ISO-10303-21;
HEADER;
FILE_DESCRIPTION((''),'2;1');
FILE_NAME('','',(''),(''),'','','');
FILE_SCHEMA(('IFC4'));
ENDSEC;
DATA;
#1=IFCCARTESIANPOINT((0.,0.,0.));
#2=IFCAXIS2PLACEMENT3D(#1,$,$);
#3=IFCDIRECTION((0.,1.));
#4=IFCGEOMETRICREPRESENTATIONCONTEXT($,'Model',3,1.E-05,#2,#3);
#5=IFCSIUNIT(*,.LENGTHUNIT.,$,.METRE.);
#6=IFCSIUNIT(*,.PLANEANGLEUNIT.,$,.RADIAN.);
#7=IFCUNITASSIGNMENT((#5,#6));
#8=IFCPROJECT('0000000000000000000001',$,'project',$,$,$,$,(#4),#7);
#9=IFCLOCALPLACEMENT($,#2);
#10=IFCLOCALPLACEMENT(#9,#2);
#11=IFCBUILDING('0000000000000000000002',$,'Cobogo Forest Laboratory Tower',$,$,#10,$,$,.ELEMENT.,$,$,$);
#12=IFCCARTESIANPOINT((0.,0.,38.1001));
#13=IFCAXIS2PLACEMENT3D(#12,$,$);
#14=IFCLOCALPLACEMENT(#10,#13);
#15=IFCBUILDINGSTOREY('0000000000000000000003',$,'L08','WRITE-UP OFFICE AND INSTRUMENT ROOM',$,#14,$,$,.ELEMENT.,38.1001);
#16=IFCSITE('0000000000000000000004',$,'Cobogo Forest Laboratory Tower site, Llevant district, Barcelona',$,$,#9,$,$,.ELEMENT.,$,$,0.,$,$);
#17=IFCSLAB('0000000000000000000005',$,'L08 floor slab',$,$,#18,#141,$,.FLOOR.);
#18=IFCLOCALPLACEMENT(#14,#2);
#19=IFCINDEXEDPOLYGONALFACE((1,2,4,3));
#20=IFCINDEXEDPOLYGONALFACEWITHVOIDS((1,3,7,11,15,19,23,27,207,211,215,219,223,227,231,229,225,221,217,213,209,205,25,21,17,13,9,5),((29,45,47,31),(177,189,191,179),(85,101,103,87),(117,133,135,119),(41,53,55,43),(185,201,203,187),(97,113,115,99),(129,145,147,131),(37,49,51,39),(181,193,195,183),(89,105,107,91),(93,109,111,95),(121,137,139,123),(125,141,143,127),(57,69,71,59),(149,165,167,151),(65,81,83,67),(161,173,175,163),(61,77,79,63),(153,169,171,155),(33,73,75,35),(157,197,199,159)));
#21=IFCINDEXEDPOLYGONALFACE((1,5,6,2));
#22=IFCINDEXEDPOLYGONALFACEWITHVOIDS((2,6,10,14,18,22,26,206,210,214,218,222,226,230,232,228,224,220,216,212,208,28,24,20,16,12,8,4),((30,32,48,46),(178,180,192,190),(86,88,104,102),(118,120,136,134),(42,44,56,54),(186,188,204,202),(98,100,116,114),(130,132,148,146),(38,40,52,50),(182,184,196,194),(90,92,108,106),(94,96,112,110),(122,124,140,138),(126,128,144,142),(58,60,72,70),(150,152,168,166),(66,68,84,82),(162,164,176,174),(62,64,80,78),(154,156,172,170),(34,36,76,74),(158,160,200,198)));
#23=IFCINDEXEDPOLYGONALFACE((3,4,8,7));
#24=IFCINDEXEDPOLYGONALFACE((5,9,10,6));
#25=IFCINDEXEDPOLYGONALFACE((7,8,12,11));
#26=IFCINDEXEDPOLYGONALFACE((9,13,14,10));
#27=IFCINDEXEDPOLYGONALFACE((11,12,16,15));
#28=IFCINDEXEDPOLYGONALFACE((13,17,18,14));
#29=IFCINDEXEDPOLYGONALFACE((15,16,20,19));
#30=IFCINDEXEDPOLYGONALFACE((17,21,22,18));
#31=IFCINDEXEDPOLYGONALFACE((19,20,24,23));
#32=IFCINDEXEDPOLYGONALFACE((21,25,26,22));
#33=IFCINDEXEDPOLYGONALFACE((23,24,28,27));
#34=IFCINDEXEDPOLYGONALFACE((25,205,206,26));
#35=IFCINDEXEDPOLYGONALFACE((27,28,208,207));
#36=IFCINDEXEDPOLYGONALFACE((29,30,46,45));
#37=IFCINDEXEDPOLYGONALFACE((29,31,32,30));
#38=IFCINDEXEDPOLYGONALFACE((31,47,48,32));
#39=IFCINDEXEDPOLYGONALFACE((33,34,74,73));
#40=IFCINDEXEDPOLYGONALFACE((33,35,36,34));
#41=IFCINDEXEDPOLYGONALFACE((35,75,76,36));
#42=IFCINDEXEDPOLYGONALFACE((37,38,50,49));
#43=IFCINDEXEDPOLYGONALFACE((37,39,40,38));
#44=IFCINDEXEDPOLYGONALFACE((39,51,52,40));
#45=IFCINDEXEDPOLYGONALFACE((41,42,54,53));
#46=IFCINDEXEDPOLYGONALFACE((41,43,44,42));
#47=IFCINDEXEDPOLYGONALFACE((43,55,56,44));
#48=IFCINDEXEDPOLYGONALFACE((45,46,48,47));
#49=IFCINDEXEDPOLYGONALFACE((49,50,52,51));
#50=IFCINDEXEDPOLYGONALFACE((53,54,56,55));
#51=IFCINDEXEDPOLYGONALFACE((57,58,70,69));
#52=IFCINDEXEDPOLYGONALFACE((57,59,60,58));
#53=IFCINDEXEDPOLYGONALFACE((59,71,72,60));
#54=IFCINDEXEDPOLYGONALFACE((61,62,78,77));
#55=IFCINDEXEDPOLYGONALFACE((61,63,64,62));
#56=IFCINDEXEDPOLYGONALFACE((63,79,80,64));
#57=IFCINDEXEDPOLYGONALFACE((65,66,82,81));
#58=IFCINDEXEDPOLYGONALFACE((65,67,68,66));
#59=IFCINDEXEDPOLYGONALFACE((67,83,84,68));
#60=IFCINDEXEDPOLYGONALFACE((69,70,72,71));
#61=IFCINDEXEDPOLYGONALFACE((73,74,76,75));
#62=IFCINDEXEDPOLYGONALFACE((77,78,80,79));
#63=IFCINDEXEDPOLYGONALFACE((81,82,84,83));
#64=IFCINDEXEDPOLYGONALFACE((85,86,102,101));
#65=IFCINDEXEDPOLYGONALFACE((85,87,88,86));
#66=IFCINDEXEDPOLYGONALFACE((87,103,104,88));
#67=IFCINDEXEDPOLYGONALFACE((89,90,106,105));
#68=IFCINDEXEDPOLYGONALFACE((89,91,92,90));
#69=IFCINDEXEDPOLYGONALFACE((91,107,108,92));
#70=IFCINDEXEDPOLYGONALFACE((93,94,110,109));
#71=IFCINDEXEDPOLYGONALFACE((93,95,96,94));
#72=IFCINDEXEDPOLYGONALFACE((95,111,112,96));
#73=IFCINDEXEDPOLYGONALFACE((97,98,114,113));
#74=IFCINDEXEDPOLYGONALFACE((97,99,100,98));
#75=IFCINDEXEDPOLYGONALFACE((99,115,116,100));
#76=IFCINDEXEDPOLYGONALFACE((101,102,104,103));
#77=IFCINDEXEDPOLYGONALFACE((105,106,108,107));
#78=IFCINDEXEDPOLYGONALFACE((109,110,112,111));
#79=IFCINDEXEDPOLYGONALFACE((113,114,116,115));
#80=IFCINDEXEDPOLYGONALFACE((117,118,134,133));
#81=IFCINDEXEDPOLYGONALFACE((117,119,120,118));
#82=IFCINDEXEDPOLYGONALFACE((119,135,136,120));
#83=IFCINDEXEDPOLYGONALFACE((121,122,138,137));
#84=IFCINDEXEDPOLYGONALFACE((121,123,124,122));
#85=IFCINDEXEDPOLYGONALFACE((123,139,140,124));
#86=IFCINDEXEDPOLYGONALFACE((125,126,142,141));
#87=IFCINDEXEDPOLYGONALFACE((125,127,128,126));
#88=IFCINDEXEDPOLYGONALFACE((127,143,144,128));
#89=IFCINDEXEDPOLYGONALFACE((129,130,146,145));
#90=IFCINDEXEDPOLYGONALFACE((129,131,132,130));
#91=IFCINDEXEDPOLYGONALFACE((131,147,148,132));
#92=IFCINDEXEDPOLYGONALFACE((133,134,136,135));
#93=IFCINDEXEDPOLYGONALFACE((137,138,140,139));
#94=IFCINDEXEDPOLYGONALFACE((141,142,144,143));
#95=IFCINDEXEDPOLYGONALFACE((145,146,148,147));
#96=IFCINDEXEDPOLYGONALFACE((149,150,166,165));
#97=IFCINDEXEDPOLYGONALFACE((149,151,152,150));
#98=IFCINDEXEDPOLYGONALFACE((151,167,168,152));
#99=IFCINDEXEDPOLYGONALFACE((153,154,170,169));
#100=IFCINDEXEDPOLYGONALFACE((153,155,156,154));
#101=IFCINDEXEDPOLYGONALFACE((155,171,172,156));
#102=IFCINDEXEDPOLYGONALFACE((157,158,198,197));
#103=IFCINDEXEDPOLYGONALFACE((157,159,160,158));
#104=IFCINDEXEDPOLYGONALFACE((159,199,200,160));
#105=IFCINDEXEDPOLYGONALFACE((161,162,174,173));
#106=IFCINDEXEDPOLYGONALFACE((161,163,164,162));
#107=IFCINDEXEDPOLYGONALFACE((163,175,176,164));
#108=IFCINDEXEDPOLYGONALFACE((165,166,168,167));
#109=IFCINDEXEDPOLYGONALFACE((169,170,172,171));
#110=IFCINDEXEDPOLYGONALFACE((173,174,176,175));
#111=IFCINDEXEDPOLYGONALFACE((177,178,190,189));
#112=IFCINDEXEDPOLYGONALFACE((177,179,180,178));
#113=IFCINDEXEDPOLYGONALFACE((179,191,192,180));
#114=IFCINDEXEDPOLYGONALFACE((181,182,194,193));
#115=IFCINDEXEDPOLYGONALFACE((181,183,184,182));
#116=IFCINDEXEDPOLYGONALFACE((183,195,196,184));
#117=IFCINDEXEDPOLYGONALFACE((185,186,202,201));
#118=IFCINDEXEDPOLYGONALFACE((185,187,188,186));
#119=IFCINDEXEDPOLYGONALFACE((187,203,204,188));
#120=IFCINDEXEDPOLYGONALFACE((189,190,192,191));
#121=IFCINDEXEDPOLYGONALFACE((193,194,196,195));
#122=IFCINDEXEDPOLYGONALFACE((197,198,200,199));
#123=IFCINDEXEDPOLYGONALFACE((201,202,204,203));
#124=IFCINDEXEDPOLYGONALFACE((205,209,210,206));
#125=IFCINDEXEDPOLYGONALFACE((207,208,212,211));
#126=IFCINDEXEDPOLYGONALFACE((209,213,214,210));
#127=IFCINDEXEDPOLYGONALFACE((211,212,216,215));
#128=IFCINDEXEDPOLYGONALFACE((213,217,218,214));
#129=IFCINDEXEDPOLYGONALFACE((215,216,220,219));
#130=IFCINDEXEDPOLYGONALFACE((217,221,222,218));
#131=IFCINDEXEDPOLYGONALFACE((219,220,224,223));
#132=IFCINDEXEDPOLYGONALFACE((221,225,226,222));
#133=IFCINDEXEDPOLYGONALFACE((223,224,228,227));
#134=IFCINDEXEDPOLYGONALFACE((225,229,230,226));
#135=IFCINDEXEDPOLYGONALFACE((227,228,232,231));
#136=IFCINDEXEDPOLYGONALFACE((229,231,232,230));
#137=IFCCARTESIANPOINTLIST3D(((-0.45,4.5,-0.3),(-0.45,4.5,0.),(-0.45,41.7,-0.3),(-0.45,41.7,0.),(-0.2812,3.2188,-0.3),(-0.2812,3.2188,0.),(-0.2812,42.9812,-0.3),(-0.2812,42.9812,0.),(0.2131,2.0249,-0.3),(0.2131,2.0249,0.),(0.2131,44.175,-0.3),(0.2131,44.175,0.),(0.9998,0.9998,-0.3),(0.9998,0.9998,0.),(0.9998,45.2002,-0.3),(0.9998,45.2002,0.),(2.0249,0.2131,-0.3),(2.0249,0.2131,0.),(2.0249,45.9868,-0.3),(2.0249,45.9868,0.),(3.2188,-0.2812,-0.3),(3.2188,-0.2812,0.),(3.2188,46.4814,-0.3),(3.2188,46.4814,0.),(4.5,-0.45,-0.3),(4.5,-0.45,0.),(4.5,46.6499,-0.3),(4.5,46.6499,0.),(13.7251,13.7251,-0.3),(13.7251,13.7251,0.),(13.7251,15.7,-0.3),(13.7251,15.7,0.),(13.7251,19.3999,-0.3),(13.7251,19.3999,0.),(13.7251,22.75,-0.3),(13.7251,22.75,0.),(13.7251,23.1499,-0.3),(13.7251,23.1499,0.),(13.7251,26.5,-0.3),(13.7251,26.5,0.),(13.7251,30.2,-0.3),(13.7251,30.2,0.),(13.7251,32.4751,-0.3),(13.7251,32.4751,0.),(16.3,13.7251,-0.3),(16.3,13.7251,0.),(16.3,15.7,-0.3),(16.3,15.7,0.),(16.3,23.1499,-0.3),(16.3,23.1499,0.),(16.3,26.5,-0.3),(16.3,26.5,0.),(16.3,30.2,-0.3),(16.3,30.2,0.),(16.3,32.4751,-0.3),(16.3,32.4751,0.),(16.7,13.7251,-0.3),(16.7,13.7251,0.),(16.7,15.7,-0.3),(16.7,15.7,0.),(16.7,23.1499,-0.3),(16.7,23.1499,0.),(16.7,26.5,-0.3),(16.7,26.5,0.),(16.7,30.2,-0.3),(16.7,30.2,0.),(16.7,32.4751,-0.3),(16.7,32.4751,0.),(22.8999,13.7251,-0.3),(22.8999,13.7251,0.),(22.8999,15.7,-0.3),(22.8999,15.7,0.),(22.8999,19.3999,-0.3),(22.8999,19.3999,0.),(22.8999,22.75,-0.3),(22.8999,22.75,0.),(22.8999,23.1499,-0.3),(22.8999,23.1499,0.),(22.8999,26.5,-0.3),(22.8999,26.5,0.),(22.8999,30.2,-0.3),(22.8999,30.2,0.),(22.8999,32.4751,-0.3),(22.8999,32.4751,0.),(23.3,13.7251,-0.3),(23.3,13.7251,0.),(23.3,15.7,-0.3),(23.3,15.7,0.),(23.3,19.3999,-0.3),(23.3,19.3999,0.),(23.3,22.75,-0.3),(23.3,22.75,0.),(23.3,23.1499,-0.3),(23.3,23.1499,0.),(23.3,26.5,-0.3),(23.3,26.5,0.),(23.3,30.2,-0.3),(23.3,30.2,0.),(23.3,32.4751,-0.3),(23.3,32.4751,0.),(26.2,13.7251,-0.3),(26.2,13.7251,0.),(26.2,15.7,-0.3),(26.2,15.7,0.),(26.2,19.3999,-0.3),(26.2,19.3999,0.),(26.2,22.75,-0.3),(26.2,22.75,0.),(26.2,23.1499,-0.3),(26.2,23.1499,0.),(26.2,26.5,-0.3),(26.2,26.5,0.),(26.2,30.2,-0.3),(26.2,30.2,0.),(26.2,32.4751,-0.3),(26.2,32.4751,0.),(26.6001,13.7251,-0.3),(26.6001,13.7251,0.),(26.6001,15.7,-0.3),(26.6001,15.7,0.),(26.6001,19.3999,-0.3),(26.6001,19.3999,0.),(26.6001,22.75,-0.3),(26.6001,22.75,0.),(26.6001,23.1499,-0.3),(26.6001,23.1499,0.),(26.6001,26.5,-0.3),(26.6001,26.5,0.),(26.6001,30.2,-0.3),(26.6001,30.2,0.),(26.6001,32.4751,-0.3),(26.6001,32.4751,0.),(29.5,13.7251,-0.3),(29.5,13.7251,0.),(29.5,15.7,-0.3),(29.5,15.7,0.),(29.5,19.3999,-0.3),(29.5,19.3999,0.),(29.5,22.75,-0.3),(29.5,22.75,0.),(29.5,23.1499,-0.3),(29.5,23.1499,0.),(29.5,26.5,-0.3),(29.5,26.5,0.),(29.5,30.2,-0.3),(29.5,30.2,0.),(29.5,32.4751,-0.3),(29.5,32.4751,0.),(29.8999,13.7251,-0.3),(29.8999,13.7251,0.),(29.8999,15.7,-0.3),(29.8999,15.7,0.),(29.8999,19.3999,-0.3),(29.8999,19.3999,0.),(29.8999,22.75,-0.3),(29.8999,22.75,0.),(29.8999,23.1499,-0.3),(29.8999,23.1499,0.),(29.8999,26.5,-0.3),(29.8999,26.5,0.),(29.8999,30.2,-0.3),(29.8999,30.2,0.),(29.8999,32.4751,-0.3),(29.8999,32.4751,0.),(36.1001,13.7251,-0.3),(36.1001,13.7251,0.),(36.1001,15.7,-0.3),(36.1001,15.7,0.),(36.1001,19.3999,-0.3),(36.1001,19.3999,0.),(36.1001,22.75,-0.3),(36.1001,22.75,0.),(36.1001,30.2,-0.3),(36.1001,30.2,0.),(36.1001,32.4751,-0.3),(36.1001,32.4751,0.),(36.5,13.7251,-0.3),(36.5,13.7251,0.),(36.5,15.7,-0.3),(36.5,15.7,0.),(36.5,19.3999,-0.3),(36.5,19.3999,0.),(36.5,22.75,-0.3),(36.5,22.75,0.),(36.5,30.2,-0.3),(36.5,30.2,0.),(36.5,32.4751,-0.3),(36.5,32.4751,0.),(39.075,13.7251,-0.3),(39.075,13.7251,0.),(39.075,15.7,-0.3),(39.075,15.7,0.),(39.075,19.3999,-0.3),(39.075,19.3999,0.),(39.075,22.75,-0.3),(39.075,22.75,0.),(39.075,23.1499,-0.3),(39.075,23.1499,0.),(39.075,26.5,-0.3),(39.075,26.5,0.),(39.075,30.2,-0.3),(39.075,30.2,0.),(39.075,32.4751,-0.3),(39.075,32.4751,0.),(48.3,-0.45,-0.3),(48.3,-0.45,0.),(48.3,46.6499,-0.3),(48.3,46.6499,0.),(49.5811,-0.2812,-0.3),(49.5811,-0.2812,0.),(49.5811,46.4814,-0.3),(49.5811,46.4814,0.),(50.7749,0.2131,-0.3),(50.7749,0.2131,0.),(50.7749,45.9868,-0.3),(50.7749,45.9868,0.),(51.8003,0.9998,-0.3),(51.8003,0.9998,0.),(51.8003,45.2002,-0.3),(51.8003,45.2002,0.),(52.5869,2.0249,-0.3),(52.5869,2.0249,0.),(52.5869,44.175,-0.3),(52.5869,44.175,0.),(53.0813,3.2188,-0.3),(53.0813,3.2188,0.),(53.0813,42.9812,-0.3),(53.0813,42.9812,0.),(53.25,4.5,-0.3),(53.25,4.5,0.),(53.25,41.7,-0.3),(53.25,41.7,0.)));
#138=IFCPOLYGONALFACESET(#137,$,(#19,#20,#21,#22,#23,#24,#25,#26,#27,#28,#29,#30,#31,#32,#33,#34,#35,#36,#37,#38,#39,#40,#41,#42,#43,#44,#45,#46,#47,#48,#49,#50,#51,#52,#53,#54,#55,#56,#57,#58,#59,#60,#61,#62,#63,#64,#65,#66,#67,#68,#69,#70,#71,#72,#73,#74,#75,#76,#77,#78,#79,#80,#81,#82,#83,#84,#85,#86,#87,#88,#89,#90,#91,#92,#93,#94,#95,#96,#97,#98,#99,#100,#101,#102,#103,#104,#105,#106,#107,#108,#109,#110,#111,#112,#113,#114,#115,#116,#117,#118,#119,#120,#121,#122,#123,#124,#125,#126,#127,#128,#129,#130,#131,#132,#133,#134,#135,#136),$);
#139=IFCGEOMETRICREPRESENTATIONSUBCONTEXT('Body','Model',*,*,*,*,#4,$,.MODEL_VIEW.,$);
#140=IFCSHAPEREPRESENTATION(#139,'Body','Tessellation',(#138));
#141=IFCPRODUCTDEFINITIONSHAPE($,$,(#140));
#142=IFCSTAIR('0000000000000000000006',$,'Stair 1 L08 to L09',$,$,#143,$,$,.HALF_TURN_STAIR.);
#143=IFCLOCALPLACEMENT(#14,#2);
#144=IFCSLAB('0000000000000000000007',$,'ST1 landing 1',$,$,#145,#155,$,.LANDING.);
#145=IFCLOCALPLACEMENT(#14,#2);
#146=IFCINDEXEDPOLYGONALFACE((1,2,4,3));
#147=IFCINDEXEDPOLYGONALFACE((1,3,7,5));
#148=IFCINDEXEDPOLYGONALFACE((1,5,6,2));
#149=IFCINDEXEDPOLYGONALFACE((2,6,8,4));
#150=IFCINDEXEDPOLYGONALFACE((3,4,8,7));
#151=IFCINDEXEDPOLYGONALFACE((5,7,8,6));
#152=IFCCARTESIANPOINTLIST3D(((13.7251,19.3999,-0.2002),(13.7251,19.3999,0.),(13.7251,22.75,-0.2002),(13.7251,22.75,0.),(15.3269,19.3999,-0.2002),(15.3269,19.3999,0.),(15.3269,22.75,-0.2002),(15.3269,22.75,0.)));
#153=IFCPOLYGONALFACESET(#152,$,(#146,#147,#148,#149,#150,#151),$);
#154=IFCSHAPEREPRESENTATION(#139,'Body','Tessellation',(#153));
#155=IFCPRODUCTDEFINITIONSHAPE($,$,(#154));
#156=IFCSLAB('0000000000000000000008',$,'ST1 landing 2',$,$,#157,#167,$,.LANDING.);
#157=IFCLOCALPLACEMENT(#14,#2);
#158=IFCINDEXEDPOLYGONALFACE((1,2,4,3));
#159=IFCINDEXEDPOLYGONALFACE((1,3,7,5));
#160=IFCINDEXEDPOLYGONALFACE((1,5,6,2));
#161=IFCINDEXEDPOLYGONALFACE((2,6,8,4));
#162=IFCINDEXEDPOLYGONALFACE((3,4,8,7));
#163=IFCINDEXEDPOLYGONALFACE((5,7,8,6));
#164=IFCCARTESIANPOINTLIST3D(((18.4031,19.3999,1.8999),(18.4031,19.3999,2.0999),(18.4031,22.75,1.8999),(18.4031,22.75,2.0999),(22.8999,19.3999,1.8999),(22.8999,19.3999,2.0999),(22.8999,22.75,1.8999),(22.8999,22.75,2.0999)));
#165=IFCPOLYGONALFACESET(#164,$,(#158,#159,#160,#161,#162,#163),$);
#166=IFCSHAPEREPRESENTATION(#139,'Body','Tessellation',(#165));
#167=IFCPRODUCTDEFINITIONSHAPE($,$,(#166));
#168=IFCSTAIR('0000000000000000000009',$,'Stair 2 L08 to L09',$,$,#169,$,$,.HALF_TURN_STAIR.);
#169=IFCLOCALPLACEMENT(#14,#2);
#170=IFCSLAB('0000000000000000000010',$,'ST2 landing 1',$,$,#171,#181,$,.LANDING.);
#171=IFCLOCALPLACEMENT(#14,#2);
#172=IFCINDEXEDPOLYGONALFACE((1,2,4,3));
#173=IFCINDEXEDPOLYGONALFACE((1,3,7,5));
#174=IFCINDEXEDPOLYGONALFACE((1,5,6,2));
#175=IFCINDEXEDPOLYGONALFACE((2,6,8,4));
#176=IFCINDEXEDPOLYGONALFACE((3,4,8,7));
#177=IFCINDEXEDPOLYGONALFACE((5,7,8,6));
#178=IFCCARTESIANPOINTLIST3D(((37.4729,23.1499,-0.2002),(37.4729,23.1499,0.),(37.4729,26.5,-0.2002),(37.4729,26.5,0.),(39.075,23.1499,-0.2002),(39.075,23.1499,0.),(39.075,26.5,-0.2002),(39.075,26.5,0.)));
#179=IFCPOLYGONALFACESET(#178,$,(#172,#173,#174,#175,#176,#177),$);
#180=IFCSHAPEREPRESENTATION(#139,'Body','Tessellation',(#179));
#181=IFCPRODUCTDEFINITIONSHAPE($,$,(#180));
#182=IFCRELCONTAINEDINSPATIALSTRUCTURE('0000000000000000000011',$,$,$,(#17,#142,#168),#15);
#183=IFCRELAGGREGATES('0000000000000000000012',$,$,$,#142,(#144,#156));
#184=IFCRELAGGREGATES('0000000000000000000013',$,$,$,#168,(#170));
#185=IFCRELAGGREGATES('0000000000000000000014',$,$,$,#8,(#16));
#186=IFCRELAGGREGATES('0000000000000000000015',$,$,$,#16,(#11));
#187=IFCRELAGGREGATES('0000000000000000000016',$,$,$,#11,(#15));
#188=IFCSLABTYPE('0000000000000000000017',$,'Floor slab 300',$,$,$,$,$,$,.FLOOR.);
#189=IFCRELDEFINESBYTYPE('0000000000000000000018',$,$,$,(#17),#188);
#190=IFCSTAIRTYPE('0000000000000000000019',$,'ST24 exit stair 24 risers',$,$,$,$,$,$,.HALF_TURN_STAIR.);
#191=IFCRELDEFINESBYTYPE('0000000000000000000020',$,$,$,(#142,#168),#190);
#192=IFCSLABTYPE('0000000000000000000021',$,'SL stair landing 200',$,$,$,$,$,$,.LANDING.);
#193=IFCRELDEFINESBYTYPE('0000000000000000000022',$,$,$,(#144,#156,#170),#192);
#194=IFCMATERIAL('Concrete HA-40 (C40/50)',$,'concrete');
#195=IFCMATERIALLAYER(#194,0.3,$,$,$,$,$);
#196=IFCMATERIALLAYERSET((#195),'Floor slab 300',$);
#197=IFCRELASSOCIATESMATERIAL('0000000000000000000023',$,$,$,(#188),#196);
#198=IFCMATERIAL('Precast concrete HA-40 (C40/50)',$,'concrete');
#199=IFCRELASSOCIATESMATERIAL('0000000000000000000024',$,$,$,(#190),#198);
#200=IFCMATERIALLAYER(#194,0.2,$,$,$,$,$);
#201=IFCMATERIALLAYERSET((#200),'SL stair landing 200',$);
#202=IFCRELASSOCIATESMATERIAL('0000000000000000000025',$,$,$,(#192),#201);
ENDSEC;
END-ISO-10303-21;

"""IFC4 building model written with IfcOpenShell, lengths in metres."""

from ifc_helpers import new_model, si_unit, direction, frame, origin, place, context, subcontext, project, spatial, polyline, outline, extrude, material, layer, layer_set, type_object, element, aggregate, save


model = new_model("IFC4")

# Units and contexts
model_context = context("Model", 3, precision=1e-05, world=origin(), true_north=direction((0.0, 1.0)))
body_context = subcontext(model_context, "Body", "Model", "MODEL_VIEW")
ifc_project = project(units=[si_unit("LENGTHUNIT", "METRE"), si_unit("PLANEANGLEUNIT", "RADIAN")], contexts=[model_context])

# Site, building, storey
site_placement = place(None, origin())
site = spatial("IfcSite", under=ifc_project, at=site_placement, Name="Cobogo Forest Laboratory Tower site, Llevant district, Barcelona", CompositionType="ELEMENT", RefElevation=0.0)
building_placement = place(site_placement, origin())
building = spatial("IfcBuilding", under=site, at=building_placement, Name="Cobogo Forest Laboratory Tower", CompositionType="ELEMENT")
storey_placement = place(building_placement, frame((0.0, 0.0, 38.1001)))
storey = spatial("IfcBuildingStorey", under=building, at=storey_placement, Name="L08", Description="WRITE-UP OFFICE AND INSTRUMENT ROOM", CompositionType="ELEMENT", Elevation=38.1001)

# Slab
ifc_material_1 = material(Name="Concrete HA-40 (C40/50)", Category="concrete")
ifc_layer_1 = layer(ifc_material_1, 0.3)
ifc_layer_set_1 = layer_set([ifc_layer_1], Name="Floor slab 300")
slab_type_1 = type_object("IfcSlabType", Name="Floor slab 300", PredefinedType="FLOOR", material=ifc_layer_set_1)
slab_1_placement = place(storey_placement, frame((0.0, 0.0, -0.3)))
element("IfcSlab", 1, at=slab_1_placement, inside=storey, type_object=slab_type_1, Name="L08 floor slab", PredefinedType="FLOOR", context=body_context, shape_type="SweptSolid", body=[
    extrude(outline(polyline([(48.3, -0.45), (49.5811, -0.2812), (50.7749, 0.2131), (51.8003, 0.9998), (52.5869, 2.0249), (53.0813, 3.2188), (53.25, 4.5), (53.25, 41.7), (53.0813, 42.9812), (52.5869, 44.175), (51.8003, 45.2002), (50.7749, 45.9868), (49.5811, 46.4814), (48.3, 46.6499), (4.5, 46.6499), (3.2188, 46.4814), (2.0249, 45.9868), (0.9998, 45.2002), (0.2131, 44.175), (-0.2812, 42.9812), (-0.45, 41.7), (-0.45, 4.5), (-0.2812, 3.2188), (0.2131, 2.0249), (0.9998, 0.9998), (2.0249, 0.2131), (3.2188, -0.2812), (4.5, -0.45), (48.3, -0.45)]), holes=[polyline([(16.3, 13.7251), (13.7251, 13.7251), (13.7251, 15.7), (16.3, 15.7), (16.3, 13.7251)]), polyline([(22.8999, 15.7), (22.8999, 13.7251), (16.7, 13.7251), (16.7, 15.7), (22.8999, 15.7)]), polyline([(23.3, 13.7251), (23.3, 15.7), (26.2, 15.7), (26.2, 13.7251), (23.3, 13.7251)]), polyline([(29.5, 13.7251), (26.6001, 13.7251), (26.6001, 15.7), (29.5, 15.7), (29.5, 13.7251)]), polyline([(36.1001, 15.7), (36.1001, 13.7251), (29.8999, 13.7251), (29.8999, 15.7), (36.1001, 15.7)]), polyline([(36.5, 13.7251), (36.5, 15.7), (39.075, 15.7), (39.075, 13.7251), (36.5, 13.7251)]), polyline([(13.7251, 19.3999), (13.7251, 22.75), (22.8999, 22.75), (22.8999, 19.3999), (13.7251, 19.3999)]), polyline([(23.3, 19.3999), (23.3, 22.75), (26.2, 22.75), (26.2, 19.3999), (23.3, 19.3999)]), polyline([(26.6001, 19.3999), (26.6001, 22.75), (29.5, 22.75), (29.5, 19.3999), (26.6001, 19.3999)]), polyline([(36.1001, 22.75), (36.1001, 19.3999), (29.8999, 19.3999), (29.8999, 22.75), (36.1001, 22.75)]), polyline([(39.075, 19.3999), (36.5, 19.3999), (36.5, 22.75), (39.075, 22.75), (39.075, 19.3999)]), polyline([(13.7251, 23.1499), (13.7251, 26.5), (16.3, 26.5), (16.3, 23.1499), (13.7251, 23.1499)]), polyline([(22.8999, 26.5), (22.8999, 23.1499), (16.7, 23.1499), (16.7, 26.5), (22.8999, 26.5)]), polyline([(23.3, 23.1499), (23.3, 26.5), (26.2, 26.5), (26.2, 23.1499), (23.3, 23.1499)]), polyline([(26.6001, 23.1499), (26.6001, 26.5), (29.5, 26.5), (29.5, 23.1499), (26.6001, 23.1499)]), polyline([(29.8999, 23.1499), (29.8999, 26.5), (39.075, 26.5), (39.075, 23.1499), (29.8999, 23.1499)]), polyline([(13.7251, 30.2), (13.7251, 32.4751), (16.3, 32.4751), (16.3, 30.2), (13.7251, 30.2)]), polyline([(22.8999, 32.4751), (22.8999, 30.2), (16.7, 30.2), (16.7, 32.4751), (22.8999, 32.4751)]), polyline([(23.3, 30.2), (23.3, 32.4751), (26.2, 32.4751), (26.2, 30.2), (23.3, 30.2)]), polyline([(26.6001, 30.2), (26.6001, 32.4751), (29.5, 32.4751), (29.5, 30.2), (26.6001, 30.2)]), polyline([(36.1001, 32.4751), (36.1001, 30.2), (29.8999, 30.2), (29.8999, 32.4751), (36.1001, 32.4751)]), polyline([(36.5, 30.2), (36.5, 32.4751), (39.075, 32.4751), (39.075, 30.2), (36.5, 30.2)])]), origin(), (0.0, 0.0, 1.0), 0.3),
])

# Stairs, slabs
ifc_material_2 = material(Name="Precast concrete HA-40 (C40/50)", Category="concrete")
stair_type = type_object("IfcStairType", Name="ST24 exit stair 24 risers", PredefinedType="HALF_TURN_STAIR", material=ifc_material_2)
stair_1_placement = place(storey_placement, origin())
stair_1 = element("IfcStair", 2, at=stair_1_placement, inside=storey, type_object=stair_type, Name="Stair 1 L08 to L09", PredefinedType="HALF_TURN_STAIR")
ifc_layer_2 = layer(ifc_material_1, 0.2)
ifc_layer_set_2 = layer_set([ifc_layer_2], Name="SL stair landing 200")
slab_type_2 = type_object("IfcSlabType", Name="SL stair landing 200", PredefinedType="LANDING", material=ifc_layer_set_2)
slab_2_placement = place(storey_placement, frame((0.0, 0.0, -0.2002)))
slab_2 = element("IfcSlab", 3, at=slab_2_placement, type_object=slab_type_2, Name="ST1 landing 1", PredefinedType="LANDING", context=body_context, shape_type="SweptSolid", body=[
    extrude(outline(polyline([(13.7251, 19.3999), (15.3269, 19.3999), (15.3269, 22.75), (13.7251, 22.75), (13.7251, 19.3999)])), origin(), (0.0, 0.0, 1.0), 0.2002),
])
slab_3_placement = place(storey_placement, frame((0.0, 0.0, 1.8999)))
slab_3 = element("IfcSlab", 4, at=slab_3_placement, type_object=slab_type_2, Name="ST1 landing 2", PredefinedType="LANDING", context=body_context, shape_type="SweptSolid", body=[
    extrude(outline(polyline([(18.4031, 19.3999), (22.8999, 19.3999), (22.8999, 22.75), (18.4031, 22.75), (18.4031, 19.3999)])), origin(), (0.0, 0.0, 1.0), 0.2),
])
aggregate(stair_1, [slab_2, slab_3])
stair_2_placement = place(storey_placement, origin())
stair_2 = element("IfcStair", 5, at=stair_2_placement, inside=storey, type_object=stair_type, Name="Stair 2 L08 to L09", PredefinedType="HALF_TURN_STAIR")
slab_4_placement = place(storey_placement, frame((0.0, 0.0, -0.2002)))
slab_4 = element("IfcSlab", 6, at=slab_4_placement, type_object=slab_type_2, Name="ST2 landing 1", PredefinedType="LANDING", context=body_context, shape_type="SweptSolid", body=[
    extrude(outline(polyline([(37.4729, 23.1499), (39.075, 23.1499), (39.075, 26.5), (37.4729, 26.5), (37.4729, 23.1499)])), origin(), (0.0, 0.0, 1.0), 0.2002),
])
aggregate(stair_2, [slab_4])

save(model, "model.ifc")
